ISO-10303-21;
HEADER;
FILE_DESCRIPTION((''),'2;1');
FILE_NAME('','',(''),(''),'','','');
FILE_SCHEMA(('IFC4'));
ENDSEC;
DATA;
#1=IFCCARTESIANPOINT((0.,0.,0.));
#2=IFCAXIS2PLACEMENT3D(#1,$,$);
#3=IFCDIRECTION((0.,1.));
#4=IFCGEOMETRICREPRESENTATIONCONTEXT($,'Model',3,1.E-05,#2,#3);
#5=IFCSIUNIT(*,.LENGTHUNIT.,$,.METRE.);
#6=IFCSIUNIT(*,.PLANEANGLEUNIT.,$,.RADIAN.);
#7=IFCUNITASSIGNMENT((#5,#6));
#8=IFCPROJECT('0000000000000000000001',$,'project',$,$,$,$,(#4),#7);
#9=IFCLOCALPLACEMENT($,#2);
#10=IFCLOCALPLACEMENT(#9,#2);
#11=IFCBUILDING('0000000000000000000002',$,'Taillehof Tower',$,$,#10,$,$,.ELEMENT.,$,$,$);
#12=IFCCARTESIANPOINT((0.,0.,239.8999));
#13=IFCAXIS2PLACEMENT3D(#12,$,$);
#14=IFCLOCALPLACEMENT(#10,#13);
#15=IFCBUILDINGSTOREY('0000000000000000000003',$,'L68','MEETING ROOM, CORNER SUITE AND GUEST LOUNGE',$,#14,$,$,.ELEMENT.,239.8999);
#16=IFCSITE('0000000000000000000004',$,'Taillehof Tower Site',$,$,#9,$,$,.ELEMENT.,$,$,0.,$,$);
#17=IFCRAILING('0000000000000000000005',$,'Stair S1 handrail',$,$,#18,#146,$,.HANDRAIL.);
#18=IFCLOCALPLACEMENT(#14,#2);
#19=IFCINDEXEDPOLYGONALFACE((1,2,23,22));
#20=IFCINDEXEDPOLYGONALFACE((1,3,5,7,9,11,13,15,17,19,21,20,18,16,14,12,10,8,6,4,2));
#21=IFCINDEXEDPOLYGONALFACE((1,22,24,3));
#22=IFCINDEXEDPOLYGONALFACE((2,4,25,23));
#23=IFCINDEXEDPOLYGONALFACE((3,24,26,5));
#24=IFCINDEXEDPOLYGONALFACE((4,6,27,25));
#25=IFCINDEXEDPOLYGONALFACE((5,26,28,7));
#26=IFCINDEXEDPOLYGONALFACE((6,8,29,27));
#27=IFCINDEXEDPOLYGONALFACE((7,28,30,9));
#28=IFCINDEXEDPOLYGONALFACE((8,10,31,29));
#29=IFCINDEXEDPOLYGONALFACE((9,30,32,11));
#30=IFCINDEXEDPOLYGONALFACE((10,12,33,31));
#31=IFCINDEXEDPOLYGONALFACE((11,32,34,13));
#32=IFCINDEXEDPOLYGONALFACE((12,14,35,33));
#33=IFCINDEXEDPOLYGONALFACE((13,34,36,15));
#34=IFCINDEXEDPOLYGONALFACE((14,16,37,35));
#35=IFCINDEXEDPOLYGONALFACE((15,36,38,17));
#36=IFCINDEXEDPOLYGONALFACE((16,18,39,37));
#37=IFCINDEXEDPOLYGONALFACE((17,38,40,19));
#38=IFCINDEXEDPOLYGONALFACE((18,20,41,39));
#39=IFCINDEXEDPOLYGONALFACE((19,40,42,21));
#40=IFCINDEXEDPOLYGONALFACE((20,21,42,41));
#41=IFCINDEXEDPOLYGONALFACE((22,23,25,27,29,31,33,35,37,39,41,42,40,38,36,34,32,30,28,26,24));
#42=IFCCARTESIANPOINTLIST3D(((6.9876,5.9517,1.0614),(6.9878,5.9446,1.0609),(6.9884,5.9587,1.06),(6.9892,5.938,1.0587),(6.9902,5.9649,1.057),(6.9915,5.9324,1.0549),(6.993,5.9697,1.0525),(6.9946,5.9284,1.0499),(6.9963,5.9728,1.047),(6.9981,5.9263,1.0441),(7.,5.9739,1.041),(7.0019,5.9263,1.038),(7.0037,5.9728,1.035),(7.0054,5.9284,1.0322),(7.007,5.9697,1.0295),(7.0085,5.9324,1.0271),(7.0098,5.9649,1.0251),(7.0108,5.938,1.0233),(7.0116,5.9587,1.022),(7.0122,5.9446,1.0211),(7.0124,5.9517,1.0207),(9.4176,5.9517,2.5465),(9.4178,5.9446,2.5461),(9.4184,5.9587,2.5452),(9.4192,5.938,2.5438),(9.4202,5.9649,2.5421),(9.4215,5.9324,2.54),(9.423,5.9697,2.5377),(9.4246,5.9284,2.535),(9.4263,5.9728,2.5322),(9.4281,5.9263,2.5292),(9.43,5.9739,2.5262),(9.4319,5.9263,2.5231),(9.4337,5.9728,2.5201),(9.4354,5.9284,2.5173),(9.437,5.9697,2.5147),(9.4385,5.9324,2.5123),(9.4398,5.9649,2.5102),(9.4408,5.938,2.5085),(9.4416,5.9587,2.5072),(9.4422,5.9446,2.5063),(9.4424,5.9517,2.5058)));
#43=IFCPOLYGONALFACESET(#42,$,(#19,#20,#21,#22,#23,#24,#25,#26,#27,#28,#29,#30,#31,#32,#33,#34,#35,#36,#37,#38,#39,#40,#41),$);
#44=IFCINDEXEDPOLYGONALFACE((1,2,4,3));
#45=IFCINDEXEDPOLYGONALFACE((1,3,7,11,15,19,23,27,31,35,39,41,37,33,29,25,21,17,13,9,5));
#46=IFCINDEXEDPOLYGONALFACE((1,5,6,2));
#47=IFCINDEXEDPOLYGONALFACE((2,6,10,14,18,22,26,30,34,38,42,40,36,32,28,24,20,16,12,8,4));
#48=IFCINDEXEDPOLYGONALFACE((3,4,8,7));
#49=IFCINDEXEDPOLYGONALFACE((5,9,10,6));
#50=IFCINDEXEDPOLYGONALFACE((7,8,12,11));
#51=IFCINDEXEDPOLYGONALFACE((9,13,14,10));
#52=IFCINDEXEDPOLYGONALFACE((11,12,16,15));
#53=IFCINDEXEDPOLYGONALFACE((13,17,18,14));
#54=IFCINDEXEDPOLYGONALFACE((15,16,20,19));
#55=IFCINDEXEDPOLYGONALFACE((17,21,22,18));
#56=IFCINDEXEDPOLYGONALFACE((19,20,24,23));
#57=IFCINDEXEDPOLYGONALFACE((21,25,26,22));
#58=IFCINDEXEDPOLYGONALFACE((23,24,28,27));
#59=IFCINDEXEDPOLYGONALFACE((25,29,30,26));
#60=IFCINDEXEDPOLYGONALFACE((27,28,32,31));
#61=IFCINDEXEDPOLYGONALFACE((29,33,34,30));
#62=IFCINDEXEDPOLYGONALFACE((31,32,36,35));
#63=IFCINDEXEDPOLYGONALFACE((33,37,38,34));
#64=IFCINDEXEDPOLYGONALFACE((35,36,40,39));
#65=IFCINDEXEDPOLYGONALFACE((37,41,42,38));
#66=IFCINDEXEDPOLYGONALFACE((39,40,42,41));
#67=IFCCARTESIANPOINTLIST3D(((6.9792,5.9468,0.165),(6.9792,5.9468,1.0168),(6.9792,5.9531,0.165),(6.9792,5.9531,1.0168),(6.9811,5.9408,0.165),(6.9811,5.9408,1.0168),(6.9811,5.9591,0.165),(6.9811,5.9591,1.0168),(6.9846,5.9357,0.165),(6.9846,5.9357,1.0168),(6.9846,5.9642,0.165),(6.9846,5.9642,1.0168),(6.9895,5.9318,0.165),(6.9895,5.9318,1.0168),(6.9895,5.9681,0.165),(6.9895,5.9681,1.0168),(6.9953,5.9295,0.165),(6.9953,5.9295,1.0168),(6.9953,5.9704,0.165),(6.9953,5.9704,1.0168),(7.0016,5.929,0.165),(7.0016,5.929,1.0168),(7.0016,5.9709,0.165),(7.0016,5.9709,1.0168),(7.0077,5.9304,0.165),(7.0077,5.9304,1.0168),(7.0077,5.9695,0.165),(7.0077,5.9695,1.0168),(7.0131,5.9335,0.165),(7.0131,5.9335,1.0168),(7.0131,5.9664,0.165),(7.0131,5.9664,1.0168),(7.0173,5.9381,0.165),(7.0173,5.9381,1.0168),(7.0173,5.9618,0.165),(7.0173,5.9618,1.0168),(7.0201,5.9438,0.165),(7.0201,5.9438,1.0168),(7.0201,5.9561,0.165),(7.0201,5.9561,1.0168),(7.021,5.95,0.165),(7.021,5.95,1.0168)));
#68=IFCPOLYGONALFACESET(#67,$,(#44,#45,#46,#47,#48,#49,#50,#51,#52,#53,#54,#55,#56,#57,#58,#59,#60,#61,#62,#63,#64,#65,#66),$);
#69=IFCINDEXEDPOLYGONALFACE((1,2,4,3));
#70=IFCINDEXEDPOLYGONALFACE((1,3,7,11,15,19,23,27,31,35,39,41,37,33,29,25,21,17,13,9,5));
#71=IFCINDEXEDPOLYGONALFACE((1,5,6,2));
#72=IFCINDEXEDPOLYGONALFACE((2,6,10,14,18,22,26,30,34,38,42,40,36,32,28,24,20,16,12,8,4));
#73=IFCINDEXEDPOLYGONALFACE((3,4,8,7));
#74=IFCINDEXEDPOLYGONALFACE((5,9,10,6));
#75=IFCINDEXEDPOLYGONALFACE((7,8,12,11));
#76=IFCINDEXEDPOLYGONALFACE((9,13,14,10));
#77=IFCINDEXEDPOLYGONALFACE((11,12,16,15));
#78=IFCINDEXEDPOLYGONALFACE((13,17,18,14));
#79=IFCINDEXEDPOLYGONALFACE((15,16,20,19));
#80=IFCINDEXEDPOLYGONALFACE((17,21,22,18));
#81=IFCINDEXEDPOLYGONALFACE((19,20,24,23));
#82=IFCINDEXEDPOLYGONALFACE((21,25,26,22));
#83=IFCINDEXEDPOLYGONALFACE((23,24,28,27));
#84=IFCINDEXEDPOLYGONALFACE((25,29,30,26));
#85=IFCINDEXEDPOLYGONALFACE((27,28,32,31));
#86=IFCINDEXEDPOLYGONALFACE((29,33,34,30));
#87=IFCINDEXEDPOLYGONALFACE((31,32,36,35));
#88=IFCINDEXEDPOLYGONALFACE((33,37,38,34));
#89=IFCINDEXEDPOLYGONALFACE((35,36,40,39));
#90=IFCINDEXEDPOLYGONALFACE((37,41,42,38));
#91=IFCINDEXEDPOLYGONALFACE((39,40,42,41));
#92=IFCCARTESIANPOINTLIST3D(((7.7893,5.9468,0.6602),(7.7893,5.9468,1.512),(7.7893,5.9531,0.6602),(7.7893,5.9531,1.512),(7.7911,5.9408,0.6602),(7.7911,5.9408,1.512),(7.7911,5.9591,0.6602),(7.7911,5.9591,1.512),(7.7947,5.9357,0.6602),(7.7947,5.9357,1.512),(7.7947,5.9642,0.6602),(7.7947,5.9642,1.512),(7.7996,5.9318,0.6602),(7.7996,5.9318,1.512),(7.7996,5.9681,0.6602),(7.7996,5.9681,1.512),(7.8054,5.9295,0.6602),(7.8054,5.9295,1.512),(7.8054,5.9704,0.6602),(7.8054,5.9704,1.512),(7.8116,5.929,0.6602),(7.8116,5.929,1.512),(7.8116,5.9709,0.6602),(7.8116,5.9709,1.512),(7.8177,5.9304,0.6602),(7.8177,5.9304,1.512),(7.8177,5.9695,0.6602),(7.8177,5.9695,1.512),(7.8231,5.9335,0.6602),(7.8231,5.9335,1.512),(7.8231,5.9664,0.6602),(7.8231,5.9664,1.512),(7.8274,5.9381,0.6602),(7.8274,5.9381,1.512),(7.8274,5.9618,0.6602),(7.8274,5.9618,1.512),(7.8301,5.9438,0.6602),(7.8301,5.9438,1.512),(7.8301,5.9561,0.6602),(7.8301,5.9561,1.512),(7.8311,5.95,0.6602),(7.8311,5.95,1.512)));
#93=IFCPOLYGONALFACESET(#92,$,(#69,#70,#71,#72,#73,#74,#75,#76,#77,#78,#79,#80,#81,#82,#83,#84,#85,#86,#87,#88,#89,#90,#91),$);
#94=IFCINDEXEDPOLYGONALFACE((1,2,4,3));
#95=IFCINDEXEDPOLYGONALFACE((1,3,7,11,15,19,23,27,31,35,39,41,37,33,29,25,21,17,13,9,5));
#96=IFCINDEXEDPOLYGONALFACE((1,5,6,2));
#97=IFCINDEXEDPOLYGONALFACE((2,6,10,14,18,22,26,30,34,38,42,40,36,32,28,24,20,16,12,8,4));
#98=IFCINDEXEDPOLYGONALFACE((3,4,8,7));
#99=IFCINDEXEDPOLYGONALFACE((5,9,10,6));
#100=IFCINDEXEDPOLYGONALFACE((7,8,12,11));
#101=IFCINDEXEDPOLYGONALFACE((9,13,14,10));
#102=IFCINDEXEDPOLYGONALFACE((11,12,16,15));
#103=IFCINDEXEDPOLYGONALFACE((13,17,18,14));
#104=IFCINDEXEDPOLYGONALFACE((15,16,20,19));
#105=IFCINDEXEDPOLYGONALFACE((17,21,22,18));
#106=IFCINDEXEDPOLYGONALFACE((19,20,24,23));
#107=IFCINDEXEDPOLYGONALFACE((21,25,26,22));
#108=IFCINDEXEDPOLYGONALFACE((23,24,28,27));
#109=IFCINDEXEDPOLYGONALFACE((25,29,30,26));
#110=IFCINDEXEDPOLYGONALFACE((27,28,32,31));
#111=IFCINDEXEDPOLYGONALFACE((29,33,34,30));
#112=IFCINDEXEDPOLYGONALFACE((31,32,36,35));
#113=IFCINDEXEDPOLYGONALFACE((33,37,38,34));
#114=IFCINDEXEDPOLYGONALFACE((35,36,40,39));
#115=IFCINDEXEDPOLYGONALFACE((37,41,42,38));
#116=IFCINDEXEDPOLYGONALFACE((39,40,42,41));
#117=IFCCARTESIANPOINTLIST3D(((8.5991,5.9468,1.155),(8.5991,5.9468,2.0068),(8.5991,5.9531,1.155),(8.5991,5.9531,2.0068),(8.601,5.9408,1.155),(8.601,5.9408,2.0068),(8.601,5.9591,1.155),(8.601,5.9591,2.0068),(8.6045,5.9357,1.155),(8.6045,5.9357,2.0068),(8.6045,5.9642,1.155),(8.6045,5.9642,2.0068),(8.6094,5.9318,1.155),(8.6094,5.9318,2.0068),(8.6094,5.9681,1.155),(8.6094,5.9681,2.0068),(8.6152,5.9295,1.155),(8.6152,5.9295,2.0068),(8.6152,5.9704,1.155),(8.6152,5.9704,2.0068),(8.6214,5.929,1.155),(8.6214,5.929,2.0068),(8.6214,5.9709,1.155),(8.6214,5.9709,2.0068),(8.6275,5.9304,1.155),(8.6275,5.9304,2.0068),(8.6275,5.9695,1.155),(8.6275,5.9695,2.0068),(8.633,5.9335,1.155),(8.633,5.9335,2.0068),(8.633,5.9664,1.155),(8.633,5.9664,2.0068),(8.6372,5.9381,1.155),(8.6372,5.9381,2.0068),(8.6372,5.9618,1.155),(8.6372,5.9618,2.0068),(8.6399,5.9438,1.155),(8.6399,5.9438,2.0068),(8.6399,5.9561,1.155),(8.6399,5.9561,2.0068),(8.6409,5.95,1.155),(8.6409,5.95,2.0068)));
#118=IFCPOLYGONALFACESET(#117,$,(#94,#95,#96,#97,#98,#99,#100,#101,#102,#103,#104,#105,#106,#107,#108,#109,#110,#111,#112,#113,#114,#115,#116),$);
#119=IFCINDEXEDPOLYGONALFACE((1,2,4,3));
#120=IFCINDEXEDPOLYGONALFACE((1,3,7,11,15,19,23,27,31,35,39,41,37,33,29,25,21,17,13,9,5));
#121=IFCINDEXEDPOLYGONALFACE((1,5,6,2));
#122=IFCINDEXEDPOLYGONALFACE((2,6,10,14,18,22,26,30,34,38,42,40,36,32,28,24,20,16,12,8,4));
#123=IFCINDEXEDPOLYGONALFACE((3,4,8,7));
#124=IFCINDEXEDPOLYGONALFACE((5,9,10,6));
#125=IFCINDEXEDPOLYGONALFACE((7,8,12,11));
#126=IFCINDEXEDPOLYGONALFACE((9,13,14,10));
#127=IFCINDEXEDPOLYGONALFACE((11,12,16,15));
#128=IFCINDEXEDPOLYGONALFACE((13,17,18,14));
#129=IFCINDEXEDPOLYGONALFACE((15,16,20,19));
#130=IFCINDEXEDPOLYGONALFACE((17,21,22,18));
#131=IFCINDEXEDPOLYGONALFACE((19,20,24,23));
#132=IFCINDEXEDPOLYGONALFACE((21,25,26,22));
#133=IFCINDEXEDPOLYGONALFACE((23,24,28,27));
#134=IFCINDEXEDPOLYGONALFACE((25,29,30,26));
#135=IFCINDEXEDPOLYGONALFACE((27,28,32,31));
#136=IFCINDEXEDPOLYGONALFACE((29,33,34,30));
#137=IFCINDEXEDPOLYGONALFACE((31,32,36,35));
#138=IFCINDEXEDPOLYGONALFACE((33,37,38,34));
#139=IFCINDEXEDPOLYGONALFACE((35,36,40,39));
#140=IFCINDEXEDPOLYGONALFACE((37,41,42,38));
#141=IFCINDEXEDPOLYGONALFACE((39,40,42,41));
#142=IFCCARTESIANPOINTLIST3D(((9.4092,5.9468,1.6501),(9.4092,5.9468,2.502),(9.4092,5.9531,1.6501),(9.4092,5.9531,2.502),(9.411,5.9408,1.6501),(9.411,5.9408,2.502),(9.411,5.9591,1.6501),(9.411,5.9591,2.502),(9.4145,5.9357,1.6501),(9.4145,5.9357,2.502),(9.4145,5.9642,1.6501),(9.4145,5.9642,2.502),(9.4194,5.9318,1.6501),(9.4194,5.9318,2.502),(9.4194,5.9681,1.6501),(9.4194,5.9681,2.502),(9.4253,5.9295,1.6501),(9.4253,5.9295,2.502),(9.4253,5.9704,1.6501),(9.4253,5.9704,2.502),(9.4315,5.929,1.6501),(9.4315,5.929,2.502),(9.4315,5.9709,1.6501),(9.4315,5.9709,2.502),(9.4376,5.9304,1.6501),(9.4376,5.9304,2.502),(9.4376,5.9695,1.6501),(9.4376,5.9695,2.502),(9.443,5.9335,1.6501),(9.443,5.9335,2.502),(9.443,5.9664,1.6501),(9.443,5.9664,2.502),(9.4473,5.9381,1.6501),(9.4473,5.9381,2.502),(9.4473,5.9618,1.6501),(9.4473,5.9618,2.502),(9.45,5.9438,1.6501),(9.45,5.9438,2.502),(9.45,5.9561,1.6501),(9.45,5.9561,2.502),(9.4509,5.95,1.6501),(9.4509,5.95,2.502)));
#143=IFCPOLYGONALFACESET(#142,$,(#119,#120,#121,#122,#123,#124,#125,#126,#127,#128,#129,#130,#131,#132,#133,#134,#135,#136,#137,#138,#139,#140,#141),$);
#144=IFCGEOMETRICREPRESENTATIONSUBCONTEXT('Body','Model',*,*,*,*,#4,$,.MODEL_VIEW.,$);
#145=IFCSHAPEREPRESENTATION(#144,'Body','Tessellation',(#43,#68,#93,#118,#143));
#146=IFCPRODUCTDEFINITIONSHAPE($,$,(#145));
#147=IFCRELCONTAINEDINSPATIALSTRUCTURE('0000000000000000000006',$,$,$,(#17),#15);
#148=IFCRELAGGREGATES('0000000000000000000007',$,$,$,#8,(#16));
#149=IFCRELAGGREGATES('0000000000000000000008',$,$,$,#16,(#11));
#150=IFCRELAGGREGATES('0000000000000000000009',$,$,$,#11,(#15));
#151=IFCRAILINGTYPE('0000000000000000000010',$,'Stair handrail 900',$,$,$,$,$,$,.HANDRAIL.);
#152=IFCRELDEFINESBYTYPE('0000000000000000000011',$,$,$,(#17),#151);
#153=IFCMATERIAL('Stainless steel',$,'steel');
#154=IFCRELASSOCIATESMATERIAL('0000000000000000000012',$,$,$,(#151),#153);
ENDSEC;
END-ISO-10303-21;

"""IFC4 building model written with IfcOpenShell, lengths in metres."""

from ifc_helpers import new_model, si_unit, direction, frame, origin, origin_2d, place, context, subcontext, project, spatial, circle, extrude, material, type_object, element, save


model = new_model("IFC4")

# Units and contexts
model_context = context("Model", 3, precision=1e-05, world=origin(), true_north=direction((0.0, 1.0)))
body_context = subcontext(model_context, "Body", "Model", "MODEL_VIEW")
ifc_project = project(units=[si_unit("LENGTHUNIT", "METRE"), si_unit("PLANEANGLEUNIT", "RADIAN")], contexts=[model_context])

# Site, building, storey
site_placement = place(None, origin())
site = spatial("IfcSite", under=ifc_project, at=site_placement, Name="Taillehof Tower Site", CompositionType="ELEMENT", RefElevation=0.0)
building_placement = place(site_placement, origin())
building = spatial("IfcBuilding", under=site, at=building_placement, Name="Taillehof Tower", CompositionType="ELEMENT")
storey_placement = place(building_placement, frame((0.0, 0.0, 239.8999)))
storey = spatial("IfcBuildingStorey", under=building, at=storey_placement, Name="L68", Description="MEETING ROOM, CORNER SUITE AND GUEST LOUNGE", CompositionType="ELEMENT", Elevation=239.8999)

# Railing
ifc_material_1 = material(Name="Stainless steel", Category="steel")
railing_type = type_object("IfcRailingType", Name="Stair handrail 900", PredefinedType="HANDRAIL", material=ifc_material_1)
railing_1_placement = place(storey_placement, frame((7.0, 5.95, 0.165)))
element("IfcRailing", 1, at=railing_1_placement, inside=storey, type_object=railing_type, Name="Stair S1 handrail", PredefinedType="HANDRAIL", context=body_context, shape_type="SweptSolid", body=[
    extrude(circle(Radius=0.0239, at=origin_2d()), frame((0.0, 0.0, 0.876), z_axis=(0.853259, 0.0, 0.521488), x_axis=(0.0, 1.0, 0.0)), (0.0, 0.0, 1.0), 2.8479),
    extrude(circle(Radius=0.021, at=origin_2d()), origin(), (0.0, 0.0, 1.0), 0.8518),
    extrude(circle(Radius=0.021, at=origin_2d()), frame((0.8101, 0.0, 0.4951)), (0.0, 0.0, 1.0), 0.8518),
    extrude(circle(Radius=0.021, at=origin_2d()), frame((1.6199, 0.0, 0.99)), (0.0, 0.0, 1.0), 0.8518),
    extrude(circle(Radius=0.021, at=origin_2d()), frame((2.4299, 0.0, 1.4851)), (0.0, 0.0, 1.0), 0.8518),
])

save(model, "model.ifc")
